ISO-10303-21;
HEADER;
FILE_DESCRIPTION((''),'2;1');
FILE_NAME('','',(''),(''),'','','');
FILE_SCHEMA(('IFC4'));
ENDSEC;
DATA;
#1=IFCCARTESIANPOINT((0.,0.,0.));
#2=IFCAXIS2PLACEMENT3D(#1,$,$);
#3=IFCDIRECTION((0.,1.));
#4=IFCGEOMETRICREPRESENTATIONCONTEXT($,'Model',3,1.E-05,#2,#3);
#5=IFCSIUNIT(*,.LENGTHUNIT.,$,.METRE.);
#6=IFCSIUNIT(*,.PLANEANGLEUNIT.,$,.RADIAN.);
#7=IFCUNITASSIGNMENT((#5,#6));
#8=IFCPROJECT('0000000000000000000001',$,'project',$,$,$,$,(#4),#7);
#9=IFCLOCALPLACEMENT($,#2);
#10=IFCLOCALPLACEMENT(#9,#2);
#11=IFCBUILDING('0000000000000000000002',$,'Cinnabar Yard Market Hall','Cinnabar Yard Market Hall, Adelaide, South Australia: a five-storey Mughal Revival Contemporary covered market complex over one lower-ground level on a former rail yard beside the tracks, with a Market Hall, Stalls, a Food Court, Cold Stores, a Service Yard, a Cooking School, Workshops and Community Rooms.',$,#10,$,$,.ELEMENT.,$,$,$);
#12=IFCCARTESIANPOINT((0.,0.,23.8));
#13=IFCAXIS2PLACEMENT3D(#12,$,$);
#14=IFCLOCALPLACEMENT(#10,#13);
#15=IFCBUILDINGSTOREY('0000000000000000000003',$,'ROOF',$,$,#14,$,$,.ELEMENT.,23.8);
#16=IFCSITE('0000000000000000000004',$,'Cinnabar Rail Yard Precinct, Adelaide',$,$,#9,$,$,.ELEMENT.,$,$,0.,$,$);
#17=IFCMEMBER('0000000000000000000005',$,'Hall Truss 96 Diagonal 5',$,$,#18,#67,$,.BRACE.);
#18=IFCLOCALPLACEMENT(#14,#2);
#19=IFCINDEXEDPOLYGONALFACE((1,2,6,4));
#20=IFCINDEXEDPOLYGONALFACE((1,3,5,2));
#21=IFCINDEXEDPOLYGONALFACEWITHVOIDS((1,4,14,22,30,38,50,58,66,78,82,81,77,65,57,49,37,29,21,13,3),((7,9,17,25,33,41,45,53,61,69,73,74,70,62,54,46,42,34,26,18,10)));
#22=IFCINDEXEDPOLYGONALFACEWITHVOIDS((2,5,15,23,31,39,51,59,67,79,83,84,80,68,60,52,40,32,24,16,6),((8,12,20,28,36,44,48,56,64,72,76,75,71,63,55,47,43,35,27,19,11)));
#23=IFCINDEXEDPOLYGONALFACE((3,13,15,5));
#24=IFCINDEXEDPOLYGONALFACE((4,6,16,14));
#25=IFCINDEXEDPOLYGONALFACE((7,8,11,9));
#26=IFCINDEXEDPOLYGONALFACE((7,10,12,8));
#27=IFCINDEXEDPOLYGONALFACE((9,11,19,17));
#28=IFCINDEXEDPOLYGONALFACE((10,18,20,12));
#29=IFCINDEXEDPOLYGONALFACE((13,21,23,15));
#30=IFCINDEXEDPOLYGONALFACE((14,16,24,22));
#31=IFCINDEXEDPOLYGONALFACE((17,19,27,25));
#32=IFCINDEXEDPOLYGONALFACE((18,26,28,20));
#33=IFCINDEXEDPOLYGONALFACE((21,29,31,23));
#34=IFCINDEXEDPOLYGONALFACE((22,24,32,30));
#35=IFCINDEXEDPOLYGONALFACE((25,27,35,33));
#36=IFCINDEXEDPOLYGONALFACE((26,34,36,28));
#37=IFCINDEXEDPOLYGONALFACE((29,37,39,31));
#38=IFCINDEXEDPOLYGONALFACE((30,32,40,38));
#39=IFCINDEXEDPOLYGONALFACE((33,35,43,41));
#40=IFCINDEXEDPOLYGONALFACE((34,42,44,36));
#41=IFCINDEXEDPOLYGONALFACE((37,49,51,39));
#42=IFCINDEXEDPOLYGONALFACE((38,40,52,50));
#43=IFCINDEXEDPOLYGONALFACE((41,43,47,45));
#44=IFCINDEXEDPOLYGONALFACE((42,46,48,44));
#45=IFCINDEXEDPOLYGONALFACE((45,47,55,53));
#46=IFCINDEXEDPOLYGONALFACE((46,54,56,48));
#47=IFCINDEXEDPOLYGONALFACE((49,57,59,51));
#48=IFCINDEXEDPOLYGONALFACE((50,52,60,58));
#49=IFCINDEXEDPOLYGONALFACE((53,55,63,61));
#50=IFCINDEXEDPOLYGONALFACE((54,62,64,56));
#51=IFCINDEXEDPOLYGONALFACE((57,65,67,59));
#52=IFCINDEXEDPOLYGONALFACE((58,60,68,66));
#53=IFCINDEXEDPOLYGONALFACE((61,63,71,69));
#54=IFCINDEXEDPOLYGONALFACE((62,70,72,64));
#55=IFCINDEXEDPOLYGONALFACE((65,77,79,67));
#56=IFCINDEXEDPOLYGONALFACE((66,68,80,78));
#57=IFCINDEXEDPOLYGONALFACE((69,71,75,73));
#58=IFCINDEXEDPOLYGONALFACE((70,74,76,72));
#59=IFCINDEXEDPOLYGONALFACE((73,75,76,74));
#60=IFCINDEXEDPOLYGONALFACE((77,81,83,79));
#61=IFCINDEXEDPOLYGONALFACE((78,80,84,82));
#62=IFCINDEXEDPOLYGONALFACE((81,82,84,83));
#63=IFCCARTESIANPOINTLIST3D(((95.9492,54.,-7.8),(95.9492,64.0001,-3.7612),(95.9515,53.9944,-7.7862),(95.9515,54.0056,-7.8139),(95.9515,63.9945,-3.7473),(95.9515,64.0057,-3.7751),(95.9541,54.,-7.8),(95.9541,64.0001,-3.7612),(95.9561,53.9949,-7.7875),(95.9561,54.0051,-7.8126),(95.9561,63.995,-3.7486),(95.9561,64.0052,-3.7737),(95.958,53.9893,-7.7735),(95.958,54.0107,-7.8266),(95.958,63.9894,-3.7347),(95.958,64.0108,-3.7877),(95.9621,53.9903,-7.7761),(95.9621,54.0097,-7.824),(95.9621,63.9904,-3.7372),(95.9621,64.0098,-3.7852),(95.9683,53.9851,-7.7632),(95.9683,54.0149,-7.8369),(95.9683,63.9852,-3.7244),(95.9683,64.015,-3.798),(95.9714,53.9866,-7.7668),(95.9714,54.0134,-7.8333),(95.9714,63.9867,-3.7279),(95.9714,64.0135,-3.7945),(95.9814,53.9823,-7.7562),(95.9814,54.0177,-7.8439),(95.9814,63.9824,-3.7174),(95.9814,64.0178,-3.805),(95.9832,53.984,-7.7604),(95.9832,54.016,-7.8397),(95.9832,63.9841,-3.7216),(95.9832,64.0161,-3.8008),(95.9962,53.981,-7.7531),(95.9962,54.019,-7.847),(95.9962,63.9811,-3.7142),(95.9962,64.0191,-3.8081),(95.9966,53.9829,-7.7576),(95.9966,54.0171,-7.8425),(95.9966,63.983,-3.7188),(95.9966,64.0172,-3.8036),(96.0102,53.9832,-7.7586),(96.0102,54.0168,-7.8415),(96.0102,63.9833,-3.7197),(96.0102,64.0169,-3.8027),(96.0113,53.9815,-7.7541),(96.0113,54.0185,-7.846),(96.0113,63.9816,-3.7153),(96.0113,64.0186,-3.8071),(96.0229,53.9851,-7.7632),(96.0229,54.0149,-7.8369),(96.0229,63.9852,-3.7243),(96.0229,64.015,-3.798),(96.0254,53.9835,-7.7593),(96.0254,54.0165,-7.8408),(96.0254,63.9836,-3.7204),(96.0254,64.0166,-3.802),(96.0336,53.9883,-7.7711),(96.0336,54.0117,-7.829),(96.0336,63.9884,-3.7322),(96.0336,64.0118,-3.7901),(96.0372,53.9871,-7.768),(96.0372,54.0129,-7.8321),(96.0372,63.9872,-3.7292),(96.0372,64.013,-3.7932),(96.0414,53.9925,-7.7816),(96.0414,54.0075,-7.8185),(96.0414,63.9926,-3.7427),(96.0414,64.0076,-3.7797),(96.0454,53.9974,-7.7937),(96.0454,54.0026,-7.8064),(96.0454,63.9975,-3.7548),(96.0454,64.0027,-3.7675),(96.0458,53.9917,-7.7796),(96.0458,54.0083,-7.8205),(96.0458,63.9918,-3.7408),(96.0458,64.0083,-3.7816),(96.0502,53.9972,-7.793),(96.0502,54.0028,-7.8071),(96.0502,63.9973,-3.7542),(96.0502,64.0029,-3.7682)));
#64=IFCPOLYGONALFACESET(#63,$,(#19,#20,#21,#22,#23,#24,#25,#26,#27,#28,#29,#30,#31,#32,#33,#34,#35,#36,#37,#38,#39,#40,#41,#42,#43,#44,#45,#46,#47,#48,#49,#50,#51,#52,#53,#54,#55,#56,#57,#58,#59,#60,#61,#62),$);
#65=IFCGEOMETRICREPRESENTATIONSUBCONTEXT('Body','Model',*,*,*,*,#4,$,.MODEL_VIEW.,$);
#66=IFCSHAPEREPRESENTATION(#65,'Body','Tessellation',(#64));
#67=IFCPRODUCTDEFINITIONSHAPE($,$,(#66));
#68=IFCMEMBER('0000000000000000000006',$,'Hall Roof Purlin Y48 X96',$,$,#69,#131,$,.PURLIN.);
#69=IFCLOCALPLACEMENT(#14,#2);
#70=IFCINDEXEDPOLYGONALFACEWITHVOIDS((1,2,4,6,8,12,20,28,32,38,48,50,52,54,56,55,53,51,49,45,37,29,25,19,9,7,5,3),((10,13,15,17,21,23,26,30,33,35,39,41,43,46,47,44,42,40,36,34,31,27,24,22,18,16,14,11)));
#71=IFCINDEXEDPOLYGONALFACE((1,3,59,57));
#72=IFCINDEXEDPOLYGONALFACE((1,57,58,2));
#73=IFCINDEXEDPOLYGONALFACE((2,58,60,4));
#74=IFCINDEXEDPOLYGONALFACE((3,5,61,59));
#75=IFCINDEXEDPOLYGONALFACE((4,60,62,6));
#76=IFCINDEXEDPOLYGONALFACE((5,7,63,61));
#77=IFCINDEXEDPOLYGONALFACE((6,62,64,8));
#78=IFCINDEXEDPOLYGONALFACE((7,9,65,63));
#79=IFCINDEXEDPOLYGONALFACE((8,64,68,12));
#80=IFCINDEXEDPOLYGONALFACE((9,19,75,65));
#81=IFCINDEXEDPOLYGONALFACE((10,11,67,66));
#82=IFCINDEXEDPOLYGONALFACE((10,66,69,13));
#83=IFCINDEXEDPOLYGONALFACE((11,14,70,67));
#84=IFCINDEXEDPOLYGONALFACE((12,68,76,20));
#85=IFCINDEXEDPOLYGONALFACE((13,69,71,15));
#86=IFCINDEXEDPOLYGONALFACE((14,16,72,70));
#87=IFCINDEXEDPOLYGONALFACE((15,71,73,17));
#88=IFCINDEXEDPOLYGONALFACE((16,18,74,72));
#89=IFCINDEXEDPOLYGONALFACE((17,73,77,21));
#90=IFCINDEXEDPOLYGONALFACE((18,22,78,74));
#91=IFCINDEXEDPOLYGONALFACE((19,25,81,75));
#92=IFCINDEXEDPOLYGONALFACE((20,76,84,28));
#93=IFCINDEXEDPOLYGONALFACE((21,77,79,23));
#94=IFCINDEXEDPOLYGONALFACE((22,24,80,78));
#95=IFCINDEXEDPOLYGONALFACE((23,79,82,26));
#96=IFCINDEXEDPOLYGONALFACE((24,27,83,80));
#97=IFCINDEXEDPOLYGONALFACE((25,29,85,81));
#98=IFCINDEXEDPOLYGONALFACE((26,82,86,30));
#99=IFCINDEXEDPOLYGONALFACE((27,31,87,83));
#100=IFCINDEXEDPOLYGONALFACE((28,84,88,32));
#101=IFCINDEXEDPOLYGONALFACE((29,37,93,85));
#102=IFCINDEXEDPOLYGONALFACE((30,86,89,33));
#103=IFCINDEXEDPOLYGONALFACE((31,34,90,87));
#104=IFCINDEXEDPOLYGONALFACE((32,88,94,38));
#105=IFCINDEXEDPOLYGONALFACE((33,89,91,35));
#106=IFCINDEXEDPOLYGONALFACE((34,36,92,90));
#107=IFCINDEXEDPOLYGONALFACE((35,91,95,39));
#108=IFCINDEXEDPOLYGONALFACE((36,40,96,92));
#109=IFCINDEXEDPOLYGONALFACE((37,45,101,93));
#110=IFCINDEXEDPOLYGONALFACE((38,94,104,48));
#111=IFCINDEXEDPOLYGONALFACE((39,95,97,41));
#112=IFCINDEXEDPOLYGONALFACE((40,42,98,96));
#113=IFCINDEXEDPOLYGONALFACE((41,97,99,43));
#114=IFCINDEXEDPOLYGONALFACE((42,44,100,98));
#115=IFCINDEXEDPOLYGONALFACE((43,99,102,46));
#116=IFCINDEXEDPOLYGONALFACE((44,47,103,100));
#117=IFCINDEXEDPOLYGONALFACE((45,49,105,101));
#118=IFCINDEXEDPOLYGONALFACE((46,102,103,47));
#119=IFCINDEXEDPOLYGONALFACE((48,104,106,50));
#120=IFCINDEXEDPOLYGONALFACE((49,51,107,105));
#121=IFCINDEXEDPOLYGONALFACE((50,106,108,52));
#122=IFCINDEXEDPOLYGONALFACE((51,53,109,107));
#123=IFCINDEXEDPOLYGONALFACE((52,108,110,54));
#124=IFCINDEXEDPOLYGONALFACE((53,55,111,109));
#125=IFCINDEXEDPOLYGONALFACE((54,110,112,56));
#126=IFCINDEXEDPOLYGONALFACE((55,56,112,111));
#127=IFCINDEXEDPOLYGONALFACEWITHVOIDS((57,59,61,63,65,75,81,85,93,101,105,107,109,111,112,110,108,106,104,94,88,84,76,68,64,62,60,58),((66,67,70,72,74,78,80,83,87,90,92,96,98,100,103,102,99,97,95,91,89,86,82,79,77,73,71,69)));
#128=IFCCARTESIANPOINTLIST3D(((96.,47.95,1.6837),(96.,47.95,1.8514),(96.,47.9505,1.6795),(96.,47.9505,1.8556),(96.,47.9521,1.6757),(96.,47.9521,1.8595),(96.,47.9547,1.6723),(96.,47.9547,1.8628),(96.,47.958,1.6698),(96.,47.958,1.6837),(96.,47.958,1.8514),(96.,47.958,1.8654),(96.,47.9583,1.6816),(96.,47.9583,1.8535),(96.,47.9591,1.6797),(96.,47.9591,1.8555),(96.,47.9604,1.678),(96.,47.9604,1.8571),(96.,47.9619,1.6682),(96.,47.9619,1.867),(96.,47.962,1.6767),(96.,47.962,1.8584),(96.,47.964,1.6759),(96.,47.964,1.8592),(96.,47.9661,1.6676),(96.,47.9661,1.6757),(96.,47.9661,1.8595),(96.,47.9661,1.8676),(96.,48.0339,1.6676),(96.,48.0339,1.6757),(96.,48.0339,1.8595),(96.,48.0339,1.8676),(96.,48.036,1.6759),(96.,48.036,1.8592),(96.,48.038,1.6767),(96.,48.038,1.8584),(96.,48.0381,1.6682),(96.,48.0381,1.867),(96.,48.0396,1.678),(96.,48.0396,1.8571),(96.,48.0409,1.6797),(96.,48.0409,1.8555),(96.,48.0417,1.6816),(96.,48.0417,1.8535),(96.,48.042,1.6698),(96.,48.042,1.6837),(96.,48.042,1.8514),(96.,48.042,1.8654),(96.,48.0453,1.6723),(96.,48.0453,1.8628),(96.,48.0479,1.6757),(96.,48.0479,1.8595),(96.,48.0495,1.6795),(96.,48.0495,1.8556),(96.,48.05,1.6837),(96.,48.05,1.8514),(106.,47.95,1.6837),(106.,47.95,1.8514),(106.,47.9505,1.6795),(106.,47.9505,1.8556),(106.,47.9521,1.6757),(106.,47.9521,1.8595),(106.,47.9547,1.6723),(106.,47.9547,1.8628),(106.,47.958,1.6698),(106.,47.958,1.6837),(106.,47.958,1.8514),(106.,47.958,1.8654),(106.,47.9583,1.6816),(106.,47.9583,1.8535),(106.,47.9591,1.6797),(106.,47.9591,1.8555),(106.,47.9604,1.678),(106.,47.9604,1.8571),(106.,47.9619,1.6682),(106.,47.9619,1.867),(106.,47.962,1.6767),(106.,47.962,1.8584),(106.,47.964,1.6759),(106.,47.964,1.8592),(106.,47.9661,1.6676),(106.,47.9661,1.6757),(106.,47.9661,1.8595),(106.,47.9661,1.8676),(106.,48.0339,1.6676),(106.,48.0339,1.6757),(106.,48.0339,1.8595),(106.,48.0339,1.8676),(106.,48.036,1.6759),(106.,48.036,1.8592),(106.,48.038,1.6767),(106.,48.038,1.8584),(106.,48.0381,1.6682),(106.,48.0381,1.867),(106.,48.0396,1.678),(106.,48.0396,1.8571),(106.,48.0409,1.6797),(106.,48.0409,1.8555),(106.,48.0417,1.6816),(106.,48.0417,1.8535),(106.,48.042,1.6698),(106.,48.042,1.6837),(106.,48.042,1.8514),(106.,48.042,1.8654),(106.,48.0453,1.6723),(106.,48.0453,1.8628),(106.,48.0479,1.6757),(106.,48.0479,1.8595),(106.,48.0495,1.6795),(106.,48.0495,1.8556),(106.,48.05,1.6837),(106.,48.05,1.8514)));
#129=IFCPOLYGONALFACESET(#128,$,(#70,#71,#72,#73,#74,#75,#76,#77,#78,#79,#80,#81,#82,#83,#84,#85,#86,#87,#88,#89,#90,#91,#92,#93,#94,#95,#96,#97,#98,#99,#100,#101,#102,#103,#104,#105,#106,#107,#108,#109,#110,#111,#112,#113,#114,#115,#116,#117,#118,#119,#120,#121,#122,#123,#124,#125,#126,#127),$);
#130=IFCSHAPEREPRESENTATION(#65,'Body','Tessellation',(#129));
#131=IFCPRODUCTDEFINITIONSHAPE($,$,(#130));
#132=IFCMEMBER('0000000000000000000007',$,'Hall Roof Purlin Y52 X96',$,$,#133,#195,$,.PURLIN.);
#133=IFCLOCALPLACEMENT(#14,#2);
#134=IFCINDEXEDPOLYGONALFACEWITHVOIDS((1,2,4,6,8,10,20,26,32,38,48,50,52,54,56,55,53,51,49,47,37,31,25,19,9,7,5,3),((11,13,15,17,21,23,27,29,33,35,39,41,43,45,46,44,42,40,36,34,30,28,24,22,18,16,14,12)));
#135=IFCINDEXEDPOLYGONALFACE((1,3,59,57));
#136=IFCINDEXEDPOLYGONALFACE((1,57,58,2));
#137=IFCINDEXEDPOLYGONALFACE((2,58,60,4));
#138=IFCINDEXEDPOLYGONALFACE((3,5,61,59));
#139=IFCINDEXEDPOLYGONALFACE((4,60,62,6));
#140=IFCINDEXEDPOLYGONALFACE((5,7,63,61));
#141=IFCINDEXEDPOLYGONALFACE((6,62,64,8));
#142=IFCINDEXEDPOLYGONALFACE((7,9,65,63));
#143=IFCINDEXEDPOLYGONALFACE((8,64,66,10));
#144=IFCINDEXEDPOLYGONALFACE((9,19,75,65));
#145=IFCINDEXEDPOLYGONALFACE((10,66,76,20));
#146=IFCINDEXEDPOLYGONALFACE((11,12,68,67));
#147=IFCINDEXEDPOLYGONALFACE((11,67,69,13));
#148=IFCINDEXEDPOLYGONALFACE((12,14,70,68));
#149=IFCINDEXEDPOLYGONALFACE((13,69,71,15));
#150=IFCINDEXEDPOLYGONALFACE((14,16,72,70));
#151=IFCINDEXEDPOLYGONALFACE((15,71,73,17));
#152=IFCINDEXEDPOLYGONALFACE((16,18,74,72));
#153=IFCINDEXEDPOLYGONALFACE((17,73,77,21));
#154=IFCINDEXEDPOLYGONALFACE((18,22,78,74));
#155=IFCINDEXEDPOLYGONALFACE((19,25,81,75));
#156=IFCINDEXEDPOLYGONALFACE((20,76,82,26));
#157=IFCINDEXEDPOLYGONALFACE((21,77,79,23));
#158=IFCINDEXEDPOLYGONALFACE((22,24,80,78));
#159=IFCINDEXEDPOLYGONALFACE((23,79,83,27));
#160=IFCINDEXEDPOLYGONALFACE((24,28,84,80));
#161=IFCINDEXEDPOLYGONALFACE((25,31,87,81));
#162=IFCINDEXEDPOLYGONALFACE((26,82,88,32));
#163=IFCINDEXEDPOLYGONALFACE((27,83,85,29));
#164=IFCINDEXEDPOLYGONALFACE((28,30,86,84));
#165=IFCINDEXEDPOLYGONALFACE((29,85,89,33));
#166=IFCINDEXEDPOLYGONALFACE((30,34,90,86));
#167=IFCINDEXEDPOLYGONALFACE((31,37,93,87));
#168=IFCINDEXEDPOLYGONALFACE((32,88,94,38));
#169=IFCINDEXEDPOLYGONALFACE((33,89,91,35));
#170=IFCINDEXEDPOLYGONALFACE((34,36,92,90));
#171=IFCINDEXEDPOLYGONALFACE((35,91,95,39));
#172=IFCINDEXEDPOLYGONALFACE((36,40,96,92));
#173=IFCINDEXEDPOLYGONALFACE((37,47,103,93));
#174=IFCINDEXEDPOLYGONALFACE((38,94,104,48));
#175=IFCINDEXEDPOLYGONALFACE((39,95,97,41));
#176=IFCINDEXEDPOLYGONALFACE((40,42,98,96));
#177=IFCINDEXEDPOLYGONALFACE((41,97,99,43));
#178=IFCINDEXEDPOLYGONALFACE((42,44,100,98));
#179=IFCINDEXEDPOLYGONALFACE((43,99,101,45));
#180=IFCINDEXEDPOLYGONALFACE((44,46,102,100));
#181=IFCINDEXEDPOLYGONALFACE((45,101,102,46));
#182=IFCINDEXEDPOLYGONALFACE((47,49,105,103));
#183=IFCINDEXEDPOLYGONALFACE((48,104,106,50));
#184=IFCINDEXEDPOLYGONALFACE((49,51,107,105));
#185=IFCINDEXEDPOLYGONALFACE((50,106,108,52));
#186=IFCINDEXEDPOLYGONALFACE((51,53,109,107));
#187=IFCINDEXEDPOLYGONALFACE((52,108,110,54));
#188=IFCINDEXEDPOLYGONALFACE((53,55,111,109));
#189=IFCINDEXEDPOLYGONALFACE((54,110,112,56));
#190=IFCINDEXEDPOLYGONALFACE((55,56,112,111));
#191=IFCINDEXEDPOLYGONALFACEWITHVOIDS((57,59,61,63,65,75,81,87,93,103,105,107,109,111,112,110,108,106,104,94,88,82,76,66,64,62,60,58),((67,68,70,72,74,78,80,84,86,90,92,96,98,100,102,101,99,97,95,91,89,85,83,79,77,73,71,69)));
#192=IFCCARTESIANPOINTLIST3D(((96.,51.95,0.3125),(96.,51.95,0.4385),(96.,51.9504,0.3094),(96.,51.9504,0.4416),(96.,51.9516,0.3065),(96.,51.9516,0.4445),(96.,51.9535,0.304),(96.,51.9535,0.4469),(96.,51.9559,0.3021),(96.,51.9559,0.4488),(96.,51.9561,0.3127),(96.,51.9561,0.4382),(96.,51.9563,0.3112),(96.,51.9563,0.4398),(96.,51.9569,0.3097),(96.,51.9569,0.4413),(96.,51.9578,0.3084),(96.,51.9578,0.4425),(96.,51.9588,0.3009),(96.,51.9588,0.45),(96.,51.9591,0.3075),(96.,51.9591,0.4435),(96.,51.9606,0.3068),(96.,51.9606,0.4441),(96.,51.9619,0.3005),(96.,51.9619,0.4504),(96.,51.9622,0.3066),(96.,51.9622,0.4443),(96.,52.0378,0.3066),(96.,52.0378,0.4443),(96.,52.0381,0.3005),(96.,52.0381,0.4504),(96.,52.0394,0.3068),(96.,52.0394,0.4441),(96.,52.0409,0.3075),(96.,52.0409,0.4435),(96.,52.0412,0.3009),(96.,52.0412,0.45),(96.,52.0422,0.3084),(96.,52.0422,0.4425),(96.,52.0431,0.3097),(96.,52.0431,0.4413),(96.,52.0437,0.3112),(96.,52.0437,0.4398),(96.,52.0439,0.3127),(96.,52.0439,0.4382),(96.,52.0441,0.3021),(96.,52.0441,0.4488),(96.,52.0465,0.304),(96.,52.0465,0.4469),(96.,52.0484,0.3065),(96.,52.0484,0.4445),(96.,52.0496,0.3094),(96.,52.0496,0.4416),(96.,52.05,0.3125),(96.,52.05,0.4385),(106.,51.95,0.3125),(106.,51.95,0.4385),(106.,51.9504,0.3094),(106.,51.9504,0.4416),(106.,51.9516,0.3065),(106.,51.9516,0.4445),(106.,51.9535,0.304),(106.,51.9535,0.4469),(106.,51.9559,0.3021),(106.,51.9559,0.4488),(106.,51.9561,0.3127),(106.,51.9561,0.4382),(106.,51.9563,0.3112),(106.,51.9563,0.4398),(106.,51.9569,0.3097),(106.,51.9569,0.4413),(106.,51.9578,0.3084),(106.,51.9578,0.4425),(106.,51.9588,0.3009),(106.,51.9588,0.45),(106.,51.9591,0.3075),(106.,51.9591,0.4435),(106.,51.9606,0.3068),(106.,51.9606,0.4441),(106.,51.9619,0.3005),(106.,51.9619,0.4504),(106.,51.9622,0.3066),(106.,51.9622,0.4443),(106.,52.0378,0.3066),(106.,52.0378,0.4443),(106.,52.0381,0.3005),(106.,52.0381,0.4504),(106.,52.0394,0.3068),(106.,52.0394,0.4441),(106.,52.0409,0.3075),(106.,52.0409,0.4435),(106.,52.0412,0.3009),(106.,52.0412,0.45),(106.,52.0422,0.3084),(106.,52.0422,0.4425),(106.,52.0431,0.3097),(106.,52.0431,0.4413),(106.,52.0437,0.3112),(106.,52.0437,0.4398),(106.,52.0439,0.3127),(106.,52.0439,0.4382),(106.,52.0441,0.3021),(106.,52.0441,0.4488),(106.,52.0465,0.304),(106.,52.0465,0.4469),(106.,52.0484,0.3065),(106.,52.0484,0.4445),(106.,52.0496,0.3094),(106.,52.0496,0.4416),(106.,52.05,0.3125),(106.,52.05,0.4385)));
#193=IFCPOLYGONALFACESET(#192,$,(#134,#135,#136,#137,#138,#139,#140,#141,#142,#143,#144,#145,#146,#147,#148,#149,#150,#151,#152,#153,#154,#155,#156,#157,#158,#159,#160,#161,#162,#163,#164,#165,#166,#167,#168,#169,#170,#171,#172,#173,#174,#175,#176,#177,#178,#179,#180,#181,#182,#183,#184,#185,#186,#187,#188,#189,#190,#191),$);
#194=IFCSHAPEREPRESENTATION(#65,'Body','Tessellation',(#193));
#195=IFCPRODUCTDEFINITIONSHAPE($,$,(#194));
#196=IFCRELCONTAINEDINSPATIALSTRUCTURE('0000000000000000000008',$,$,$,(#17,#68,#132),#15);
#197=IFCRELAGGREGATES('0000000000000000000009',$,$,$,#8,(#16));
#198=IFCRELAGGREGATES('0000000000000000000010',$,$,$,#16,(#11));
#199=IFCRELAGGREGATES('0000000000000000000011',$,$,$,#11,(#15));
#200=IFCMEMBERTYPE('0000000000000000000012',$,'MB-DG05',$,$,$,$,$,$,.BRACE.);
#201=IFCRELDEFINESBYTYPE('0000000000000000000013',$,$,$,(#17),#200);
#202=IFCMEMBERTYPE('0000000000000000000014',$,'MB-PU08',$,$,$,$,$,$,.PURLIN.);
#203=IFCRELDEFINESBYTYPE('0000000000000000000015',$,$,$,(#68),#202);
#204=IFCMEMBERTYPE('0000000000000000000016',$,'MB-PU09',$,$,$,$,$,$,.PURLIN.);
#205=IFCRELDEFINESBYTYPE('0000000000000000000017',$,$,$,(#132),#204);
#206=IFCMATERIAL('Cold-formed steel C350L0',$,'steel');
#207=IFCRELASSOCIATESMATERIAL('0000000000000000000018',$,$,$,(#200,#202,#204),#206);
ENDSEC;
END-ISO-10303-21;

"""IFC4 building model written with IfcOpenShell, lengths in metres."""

from ifc_helpers import new_model, si_unit, direction, frame, origin, origin_2d_with_axis, place, context, subcontext, project, spatial, hollow_rectangle, hollow_circle, extrude, material, material_profile, profile_set, type_object, element, save


model = new_model("IFC4")

# Units and contexts
model_context = context("Model", 3, precision=1e-05, world=origin(), true_north=direction((0.0, 1.0)))
body_context = subcontext(model_context, "Body", "Model", "MODEL_VIEW")
ifc_project = project(units=[si_unit("LENGTHUNIT", "METRE"), si_unit("PLANEANGLEUNIT", "RADIAN")], contexts=[model_context])

# Site, building, storey
site_placement = place(None, origin())
site = spatial("IfcSite", under=ifc_project, at=site_placement, Name="Cinnabar Rail Yard Precinct, Adelaide", CompositionType="ELEMENT", RefElevation=0.0)
building_placement = place(site_placement, origin())
building = spatial("IfcBuilding", under=site, at=building_placement, Name="Cinnabar Yard Market Hall", Description="Cinnabar Yard Market Hall, Adelaide, South Australia: a five-storey Mughal Revival Contemporary covered market complex over one lower-ground level on a former rail yard beside the tracks, with a Market Hall, Stalls, a Food Court, Cold Stores, a Service Yard, a Cooking School, Workshops and Community Rooms.", CompositionType="ELEMENT")
storey_placement = place(building_placement, frame((0.0, 0.0, 23.8)))
storey = spatial("IfcBuildingStorey", under=building, at=storey_placement, Name="ROOF", CompositionType="ELEMENT", Elevation=23.8)

# Members
ifc_material_1 = material(Name="Cold-formed steel C350L0", Category="steel")
ifc_material_profile_1 = material_profile(ifc_material_1, hollow_circle(Radius=0.0508, WallThickness=0.0049, at=origin_2d_with_axis()), Name="101.6x5.0CHS")
ifc_profile_set_1 = profile_set([ifc_material_profile_1], Name="Cold-formed steel C350L0")
member_type_1 = type_object("IfcMemberType", Name="MB-DG05", PredefinedType="BRACE", material=ifc_profile_set_1)
member_1_placement = place(storey_placement, frame((96.0, 54.0, -7.8), z_axis=(0.0, 0.92723, 0.374491), x_axis=(-1.0, 0.0, 0.0)))
element("IfcMember", 1, at=member_1_placement, inside=storey, type_object=member_type_1, Name="Hall Truss 96 Diagonal 5", PredefinedType="BRACE", context=body_context, shape_type="SweptSolid", body=[
    extrude(hollow_circle(Radius=0.0508, WallThickness=0.0049, at=origin_2d_with_axis()), origin(), (0.0, 0.0, 1.0), 10.7849),
])
ifc_material_profile_2 = material_profile(ifc_material_1, hollow_rectangle(XDim=0.1001, YDim=0.2, WallThickness=0.0081, InnerFilletRadius=0.0081, OuterFilletRadius=0.0161, at=origin_2d_with_axis()), Name="200x100x8.0RHS")
ifc_profile_set_2 = profile_set([ifc_material_profile_2], Name="Cold-formed steel C350L0")
member_type_2 = type_object("IfcMemberType", Name="MB-PU08", PredefinedType="PURLIN", material=ifc_profile_set_2)
member_2_placement = place(storey_placement, frame((96.0, 48.0, 1.7676), z_axis=(1.0, 0.0, 0.0), x_axis=(0.0, 1.0, 0.0)))
element("IfcMember", 2, at=member_2_placement, inside=storey, type_object=member_type_2, Name="Hall Roof Purlin Y48 X96", PredefinedType="PURLIN", context=body_context, shape_type="SweptSolid", body=[
    extrude(hollow_rectangle(XDim=0.1001, YDim=0.2, WallThickness=0.0081, InnerFilletRadius=0.0081, OuterFilletRadius=0.0161, at=origin_2d_with_axis()), origin(), (0.0, 0.0, 1.0), 10.0),
])
ifc_material_profile_3 = material_profile(ifc_material_1, hollow_rectangle(XDim=0.1001, YDim=0.1499, WallThickness=0.0061, InnerFilletRadius=0.0061, OuterFilletRadius=0.012, at=origin_2d_with_axis()), Name="150x100x6.0RHS")
ifc_profile_set_3 = profile_set([ifc_material_profile_3], Name="Cold-formed steel C350L0")
member_type_3 = type_object("IfcMemberType", Name="MB-PU09", PredefinedType="PURLIN", material=ifc_profile_set_3)
member_3_placement = place(storey_placement, frame((96.0, 52.0, 0.3755), z_axis=(1.0, 0.0, 0.0), x_axis=(0.0, 1.0, 0.0)))
element("IfcMember", 3, at=member_3_placement, inside=storey, type_object=member_type_3, Name="Hall Roof Purlin Y52 X96", PredefinedType="PURLIN", context=body_context, shape_type="SweptSolid", body=[
    extrude(hollow_rectangle(XDim=0.1001, YDim=0.1499, WallThickness=0.0061, InnerFilletRadius=0.0061, OuterFilletRadius=0.012, at=origin_2d_with_axis()), origin(), (0.0, 0.0, 1.0), 10.0),
])

save(model, "model.ifc")
